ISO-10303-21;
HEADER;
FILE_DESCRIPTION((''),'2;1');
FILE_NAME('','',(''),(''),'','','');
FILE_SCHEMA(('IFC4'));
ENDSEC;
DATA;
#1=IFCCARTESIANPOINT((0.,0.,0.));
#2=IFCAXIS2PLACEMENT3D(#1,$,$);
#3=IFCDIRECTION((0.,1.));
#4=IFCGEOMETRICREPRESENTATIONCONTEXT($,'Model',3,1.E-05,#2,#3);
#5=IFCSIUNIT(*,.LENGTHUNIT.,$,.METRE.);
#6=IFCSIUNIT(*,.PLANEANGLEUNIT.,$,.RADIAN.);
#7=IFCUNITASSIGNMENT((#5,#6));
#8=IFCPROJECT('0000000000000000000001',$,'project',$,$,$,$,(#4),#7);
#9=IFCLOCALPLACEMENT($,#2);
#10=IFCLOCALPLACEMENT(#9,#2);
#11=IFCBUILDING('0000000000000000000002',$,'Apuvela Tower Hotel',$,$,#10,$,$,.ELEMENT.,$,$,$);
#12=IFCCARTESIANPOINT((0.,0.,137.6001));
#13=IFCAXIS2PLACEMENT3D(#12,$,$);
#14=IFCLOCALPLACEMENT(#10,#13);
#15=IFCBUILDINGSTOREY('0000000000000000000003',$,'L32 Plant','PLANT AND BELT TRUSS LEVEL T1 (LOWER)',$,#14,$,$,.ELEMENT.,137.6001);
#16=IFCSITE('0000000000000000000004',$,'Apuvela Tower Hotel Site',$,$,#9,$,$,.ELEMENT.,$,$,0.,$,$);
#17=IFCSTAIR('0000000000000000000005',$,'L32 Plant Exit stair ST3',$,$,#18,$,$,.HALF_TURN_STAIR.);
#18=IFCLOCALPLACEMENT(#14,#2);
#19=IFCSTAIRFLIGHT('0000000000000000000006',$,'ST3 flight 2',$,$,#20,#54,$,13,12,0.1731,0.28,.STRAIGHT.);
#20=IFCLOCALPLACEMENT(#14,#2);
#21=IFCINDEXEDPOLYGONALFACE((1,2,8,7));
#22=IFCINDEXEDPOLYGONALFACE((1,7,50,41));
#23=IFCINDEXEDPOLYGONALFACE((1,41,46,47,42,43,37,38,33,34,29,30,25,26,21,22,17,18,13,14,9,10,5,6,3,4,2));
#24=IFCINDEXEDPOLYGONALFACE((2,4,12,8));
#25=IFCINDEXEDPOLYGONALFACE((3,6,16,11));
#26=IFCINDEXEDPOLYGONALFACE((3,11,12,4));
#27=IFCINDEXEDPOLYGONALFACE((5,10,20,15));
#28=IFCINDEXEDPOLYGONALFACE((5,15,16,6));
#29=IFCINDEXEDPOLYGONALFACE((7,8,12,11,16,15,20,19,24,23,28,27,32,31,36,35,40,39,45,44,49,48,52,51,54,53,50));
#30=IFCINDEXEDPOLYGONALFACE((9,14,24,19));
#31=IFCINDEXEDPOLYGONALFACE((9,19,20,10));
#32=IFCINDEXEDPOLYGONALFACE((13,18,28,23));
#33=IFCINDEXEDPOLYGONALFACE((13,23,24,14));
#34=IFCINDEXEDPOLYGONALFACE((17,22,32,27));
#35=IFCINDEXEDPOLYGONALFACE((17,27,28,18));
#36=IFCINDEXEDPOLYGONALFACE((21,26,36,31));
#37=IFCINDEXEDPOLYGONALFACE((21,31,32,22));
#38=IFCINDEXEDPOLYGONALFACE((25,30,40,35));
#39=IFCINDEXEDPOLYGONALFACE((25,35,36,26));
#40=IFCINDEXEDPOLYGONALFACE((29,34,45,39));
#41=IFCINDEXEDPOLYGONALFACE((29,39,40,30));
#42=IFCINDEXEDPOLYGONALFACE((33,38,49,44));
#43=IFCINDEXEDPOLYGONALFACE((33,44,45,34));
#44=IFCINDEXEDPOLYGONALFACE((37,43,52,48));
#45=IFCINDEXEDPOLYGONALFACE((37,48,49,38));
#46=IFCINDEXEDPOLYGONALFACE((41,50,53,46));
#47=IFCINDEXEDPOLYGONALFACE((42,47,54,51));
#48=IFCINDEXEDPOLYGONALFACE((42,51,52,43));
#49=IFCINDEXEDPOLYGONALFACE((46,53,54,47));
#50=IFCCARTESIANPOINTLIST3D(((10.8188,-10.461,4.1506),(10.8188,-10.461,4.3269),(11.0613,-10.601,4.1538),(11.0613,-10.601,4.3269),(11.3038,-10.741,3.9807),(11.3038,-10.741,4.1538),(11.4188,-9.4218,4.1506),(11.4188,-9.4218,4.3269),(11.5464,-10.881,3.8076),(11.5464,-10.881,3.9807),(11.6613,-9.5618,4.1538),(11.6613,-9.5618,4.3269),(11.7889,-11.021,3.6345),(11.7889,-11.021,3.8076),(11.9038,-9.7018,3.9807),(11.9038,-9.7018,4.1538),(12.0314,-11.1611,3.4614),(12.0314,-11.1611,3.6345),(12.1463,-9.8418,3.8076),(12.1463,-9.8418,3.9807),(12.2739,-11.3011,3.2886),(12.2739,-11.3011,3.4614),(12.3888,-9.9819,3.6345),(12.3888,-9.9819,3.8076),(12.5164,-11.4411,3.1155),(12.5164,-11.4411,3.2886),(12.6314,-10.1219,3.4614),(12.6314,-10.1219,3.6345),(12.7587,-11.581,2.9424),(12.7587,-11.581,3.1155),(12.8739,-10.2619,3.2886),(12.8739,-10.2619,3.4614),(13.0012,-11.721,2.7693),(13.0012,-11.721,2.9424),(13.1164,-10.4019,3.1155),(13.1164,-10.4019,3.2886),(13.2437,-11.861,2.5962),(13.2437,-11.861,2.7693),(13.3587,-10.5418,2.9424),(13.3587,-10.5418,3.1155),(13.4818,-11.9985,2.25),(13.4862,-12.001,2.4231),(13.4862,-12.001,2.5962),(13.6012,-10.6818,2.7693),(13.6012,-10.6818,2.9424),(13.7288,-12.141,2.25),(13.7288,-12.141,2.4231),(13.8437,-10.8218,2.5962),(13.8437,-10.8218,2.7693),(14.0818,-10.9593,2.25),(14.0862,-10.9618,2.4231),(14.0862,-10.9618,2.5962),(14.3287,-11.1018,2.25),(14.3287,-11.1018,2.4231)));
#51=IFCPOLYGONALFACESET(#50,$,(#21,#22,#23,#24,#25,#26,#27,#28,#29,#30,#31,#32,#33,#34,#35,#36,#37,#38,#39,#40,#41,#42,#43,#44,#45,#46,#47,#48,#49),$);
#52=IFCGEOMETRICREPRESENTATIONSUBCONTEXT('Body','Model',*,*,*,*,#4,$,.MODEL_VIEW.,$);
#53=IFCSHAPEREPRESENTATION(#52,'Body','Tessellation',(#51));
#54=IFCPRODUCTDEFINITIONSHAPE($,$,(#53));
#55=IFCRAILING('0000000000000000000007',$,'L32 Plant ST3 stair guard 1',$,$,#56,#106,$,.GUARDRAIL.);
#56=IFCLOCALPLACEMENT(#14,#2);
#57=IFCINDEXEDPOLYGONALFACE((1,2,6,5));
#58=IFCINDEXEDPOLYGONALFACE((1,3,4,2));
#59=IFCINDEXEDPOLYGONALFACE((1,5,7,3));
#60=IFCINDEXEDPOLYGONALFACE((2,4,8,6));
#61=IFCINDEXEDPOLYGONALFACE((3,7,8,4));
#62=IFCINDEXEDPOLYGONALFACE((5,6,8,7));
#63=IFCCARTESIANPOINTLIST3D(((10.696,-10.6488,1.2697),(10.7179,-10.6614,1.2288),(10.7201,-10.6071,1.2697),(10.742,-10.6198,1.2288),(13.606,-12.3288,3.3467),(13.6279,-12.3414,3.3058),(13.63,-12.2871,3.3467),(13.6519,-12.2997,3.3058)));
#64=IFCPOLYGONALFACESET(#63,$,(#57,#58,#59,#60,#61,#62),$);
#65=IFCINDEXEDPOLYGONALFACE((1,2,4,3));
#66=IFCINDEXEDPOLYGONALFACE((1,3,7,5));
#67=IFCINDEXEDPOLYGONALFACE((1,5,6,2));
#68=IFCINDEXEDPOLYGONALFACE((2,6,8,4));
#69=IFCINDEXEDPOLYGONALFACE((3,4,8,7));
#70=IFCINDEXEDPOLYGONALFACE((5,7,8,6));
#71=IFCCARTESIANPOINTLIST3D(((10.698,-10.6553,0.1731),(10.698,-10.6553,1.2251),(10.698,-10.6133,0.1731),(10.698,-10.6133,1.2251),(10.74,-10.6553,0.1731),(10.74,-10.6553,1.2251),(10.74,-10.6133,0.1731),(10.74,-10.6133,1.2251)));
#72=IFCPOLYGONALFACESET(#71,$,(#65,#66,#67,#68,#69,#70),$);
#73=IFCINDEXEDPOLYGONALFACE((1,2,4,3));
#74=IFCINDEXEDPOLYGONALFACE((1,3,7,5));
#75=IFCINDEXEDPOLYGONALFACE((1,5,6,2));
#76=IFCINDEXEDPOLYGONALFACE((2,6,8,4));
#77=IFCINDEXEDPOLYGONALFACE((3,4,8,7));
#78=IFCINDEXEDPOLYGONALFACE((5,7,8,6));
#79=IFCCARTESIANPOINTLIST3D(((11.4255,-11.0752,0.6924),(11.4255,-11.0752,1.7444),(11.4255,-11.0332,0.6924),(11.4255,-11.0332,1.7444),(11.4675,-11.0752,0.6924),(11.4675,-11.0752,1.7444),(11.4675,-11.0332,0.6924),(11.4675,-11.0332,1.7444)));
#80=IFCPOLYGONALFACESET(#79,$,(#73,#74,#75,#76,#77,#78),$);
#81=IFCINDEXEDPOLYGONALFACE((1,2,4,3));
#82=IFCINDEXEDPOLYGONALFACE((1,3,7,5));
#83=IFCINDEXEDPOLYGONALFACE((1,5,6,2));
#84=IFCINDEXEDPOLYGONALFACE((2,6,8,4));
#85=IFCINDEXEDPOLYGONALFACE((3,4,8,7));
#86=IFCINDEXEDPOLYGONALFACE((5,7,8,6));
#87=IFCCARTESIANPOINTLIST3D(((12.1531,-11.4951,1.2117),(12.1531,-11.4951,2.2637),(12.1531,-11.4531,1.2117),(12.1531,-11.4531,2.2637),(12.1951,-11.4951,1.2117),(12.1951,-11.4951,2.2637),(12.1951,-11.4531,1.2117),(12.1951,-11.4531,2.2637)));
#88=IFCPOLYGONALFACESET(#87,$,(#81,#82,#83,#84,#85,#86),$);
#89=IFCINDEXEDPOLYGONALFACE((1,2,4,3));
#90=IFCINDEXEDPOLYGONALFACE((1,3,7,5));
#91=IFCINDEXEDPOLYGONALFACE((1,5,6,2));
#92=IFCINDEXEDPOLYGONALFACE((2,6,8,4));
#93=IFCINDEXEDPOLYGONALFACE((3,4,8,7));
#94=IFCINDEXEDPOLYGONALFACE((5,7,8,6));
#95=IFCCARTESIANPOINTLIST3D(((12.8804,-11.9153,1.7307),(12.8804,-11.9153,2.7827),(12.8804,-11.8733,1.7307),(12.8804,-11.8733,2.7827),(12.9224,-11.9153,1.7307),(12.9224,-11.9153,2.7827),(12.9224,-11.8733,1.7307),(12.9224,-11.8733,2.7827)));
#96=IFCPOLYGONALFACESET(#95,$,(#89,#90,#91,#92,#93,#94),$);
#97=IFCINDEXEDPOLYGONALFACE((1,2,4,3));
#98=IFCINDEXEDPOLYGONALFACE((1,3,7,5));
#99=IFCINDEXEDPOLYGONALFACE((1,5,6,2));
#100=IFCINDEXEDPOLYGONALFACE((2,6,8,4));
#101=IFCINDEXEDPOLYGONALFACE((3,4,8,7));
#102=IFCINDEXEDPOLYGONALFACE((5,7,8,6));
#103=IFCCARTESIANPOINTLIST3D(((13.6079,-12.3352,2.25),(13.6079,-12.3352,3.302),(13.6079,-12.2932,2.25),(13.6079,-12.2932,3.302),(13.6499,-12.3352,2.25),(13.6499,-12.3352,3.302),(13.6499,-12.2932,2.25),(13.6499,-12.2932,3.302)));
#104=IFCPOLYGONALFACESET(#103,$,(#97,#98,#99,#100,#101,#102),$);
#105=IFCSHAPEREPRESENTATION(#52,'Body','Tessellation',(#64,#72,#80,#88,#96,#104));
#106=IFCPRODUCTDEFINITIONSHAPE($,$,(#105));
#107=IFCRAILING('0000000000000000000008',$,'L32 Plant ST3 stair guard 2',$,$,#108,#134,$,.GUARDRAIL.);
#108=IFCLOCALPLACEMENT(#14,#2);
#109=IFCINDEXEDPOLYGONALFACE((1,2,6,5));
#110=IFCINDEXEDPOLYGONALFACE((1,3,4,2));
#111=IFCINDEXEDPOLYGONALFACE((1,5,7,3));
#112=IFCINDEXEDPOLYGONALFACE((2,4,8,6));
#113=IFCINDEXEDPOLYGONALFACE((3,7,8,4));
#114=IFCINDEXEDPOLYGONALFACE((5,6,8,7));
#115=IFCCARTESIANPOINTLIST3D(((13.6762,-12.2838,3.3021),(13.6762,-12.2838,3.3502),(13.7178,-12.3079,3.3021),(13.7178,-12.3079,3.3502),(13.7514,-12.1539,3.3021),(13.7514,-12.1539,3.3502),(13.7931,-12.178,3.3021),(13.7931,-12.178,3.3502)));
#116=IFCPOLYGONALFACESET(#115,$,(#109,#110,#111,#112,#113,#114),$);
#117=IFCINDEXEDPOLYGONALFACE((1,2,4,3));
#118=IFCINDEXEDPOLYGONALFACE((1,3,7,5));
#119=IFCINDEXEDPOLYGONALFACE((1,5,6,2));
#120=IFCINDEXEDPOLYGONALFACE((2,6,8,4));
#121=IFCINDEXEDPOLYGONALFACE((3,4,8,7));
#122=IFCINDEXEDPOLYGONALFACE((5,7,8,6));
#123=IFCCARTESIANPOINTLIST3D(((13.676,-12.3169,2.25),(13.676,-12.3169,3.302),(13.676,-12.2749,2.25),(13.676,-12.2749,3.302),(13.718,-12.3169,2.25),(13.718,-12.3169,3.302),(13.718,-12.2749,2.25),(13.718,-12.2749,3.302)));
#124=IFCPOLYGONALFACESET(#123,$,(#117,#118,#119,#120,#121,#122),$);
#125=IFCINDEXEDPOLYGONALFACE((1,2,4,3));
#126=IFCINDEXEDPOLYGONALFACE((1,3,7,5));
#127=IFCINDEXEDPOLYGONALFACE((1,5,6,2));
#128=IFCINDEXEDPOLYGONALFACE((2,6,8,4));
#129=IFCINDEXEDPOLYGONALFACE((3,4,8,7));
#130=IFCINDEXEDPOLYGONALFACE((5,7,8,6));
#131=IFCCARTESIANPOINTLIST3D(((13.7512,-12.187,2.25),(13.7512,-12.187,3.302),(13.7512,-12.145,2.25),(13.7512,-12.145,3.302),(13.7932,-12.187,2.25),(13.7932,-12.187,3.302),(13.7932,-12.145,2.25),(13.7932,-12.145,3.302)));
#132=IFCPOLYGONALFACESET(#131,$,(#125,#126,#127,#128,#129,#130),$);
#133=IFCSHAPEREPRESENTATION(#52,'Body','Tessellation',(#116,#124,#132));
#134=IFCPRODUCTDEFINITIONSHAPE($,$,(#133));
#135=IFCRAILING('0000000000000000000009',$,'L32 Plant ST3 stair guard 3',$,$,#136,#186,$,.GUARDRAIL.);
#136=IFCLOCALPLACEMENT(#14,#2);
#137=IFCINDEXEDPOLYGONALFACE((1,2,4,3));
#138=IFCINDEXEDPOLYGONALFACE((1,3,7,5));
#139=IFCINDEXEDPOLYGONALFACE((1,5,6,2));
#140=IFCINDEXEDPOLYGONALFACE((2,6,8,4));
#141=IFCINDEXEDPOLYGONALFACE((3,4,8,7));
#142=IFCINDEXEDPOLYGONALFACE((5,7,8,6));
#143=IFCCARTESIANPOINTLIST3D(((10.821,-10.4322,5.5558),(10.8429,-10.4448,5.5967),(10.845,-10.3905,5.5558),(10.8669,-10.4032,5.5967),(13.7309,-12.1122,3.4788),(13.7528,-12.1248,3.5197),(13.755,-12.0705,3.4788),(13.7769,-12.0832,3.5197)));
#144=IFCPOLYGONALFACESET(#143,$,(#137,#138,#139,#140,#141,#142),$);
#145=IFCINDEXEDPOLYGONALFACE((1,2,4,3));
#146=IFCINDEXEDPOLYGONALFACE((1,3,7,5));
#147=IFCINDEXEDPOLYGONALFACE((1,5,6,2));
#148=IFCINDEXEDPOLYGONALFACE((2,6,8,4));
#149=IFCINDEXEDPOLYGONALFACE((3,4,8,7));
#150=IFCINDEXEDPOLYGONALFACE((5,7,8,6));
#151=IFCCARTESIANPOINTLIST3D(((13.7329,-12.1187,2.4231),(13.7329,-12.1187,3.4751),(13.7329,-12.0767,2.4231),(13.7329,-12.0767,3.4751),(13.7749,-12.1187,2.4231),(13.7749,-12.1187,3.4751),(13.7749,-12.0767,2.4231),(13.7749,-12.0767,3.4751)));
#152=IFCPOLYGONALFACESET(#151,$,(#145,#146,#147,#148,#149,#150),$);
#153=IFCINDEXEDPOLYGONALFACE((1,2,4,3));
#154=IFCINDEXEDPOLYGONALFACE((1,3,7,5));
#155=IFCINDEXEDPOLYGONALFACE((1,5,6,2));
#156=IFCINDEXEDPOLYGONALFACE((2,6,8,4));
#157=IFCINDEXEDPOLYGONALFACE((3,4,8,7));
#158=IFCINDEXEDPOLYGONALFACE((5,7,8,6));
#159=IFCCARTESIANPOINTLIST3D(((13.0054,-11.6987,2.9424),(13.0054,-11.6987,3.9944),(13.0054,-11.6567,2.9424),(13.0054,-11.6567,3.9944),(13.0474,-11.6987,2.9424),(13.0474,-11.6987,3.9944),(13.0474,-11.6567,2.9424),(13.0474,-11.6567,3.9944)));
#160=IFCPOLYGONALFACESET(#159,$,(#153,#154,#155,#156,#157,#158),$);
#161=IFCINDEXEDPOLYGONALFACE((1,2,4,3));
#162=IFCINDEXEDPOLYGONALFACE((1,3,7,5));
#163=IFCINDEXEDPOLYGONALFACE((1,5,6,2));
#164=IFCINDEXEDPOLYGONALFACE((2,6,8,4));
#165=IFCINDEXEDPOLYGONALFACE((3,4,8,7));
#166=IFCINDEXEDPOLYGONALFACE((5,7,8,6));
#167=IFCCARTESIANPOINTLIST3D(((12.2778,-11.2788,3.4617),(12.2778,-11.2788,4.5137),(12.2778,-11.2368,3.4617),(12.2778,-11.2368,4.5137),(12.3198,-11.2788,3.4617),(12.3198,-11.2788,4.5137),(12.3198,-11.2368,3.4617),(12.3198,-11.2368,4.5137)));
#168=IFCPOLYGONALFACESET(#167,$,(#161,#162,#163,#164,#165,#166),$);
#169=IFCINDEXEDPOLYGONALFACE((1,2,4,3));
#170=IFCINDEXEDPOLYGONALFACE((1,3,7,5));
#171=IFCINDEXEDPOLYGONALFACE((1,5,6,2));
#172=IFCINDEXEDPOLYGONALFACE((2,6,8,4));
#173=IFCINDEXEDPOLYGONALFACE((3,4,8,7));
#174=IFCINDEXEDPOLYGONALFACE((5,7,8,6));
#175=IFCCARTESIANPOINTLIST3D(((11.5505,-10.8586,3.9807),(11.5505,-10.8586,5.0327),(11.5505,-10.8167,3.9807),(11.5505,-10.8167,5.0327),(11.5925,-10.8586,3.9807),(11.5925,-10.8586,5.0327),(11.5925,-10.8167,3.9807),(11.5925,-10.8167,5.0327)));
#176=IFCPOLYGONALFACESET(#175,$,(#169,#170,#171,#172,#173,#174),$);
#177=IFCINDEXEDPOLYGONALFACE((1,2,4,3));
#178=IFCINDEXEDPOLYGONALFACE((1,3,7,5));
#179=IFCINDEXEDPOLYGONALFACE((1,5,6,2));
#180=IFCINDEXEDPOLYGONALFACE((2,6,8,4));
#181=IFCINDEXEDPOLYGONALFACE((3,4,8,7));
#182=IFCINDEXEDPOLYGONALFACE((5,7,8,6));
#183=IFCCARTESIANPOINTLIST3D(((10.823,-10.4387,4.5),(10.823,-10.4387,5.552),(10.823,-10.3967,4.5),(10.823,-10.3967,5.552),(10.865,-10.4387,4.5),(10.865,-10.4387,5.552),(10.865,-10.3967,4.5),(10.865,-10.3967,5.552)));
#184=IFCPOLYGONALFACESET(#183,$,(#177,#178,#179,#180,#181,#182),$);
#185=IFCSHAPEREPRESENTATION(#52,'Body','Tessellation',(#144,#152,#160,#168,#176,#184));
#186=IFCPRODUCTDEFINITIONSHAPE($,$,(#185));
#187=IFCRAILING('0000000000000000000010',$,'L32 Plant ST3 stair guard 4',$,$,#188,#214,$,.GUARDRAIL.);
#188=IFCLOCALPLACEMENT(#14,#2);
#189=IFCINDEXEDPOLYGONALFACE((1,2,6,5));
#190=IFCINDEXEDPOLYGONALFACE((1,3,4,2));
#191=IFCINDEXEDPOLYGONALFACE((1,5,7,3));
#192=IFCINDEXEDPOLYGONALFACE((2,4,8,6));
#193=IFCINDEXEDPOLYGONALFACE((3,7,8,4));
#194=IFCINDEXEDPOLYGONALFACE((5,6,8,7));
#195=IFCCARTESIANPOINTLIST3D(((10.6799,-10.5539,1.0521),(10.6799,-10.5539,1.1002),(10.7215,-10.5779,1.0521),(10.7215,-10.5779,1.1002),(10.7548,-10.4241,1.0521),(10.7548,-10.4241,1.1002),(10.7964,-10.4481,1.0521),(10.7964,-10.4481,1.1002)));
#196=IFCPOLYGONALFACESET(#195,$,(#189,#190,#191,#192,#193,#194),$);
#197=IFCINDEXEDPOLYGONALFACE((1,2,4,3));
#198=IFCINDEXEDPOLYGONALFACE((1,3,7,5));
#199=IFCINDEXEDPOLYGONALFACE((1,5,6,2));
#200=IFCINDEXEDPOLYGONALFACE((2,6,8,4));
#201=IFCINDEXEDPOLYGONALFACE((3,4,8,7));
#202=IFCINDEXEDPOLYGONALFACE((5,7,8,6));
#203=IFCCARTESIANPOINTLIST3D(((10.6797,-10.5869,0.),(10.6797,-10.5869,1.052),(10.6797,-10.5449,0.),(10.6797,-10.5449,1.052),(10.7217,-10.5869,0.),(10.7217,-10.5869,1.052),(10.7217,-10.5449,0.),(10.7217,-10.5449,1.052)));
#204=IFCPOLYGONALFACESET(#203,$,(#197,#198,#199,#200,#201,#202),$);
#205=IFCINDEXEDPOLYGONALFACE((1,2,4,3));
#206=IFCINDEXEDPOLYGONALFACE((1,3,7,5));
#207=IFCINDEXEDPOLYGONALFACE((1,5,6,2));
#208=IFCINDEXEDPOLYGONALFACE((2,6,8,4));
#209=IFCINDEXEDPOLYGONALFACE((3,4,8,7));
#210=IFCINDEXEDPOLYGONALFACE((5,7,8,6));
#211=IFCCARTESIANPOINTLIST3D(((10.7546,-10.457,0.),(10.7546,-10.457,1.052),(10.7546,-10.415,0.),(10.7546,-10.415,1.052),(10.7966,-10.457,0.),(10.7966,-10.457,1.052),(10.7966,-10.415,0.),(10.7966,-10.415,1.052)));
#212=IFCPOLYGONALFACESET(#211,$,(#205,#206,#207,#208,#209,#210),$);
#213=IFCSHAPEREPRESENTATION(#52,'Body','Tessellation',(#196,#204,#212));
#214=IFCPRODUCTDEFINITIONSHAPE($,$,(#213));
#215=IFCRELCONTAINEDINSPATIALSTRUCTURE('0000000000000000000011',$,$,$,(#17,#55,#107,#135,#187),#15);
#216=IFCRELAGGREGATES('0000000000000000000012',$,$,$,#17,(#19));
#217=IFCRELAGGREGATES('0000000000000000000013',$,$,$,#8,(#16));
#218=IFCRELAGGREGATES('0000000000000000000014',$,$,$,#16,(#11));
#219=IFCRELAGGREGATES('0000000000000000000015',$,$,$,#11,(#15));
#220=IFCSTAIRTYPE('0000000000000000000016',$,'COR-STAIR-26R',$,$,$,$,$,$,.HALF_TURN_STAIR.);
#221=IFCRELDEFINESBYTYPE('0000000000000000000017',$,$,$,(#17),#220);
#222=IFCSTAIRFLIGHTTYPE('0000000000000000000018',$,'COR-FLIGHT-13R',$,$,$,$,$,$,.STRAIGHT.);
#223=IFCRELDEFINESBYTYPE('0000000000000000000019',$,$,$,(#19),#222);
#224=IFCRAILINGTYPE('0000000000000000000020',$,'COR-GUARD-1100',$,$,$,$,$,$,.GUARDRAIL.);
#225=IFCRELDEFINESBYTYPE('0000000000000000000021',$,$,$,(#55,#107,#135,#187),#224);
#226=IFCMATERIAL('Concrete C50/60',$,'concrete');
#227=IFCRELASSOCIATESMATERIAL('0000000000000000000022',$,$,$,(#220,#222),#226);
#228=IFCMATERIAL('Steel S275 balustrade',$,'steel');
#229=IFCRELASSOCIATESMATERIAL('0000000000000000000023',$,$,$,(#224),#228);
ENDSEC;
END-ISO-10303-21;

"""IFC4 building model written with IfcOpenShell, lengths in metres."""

from ifc_helpers import new_model, si_unit, direction, frame, origin, origin_2d, place, context, subcontext, project, spatial, polyline, rectangle, outline, extrude, material, type_object, element, aggregate, save


model = new_model("IFC4")

# Units and contexts
model_context = context("Model", 3, precision=1e-05, world=origin(), true_north=direction((0.0, 1.0)))
body_context = subcontext(model_context, "Body", "Model", "MODEL_VIEW")
ifc_project = project(units=[si_unit("LENGTHUNIT", "METRE"), si_unit("PLANEANGLEUNIT", "RADIAN")], contexts=[model_context])

# Site, building, storey
site_placement = place(None, origin())
site = spatial("IfcSite", under=ifc_project, at=site_placement, Name="Apuvela Tower Hotel Site", CompositionType="ELEMENT", RefElevation=0.0)
building_placement = place(site_placement, origin())
building = spatial("IfcBuilding", under=site, at=building_placement, Name="Apuvela Tower Hotel", CompositionType="ELEMENT")
storey_placement = place(building_placement, frame((0.0, 0.0, 137.6001)))
storey = spatial("IfcBuildingStorey", under=building, at=storey_placement, Name="L32 Plant", Description="PLANT AND BELT TRUSS LEVEL T1 (LOWER)", CompositionType="ELEMENT", Elevation=137.6001)

# Shared definitions
ifc_material_1 = material(Name="Concrete C50/60", Category="concrete")

# Stair, stair flight
stair_type = type_object("IfcStairType", Name="COR-STAIR-26R", PredefinedType="HALF_TURN_STAIR", material=ifc_material_1)
stair_placement = place(storey_placement, origin())
stair = element("IfcStair", 1, at=stair_placement, inside=storey, type_object=stair_type, Name="L32 Plant Exit stair ST3", PredefinedType="HALF_TURN_STAIR")
stair_flight_type = type_object("IfcStairFlightType", Name="COR-FLIGHT-13R", PredefinedType="STRAIGHT", material=ifc_material_1)
stair_flight_1_placement = place(storey_placement, frame((14.0288, -11.6213, 2.25), z_axis=(0.0, 0.0, 1.0), x_axis=(-0.866025, 0.5, 0.0)))
stair_flight_1 = element("IfcStairFlight", 2, at=stair_flight_1_placement, type_object=stair_flight_type, Name="ST3 flight 2", NumberOfRisers=13, NumberOfTreads=12, PredefinedType="STRAIGHT", RiserHeight=0.1731, TreadLength=0.28, context=body_context, shape_type="SweptSolid", body=[
    extrude(outline(polyline([(0.0, 0.0), (0.0, 0.1731), (0.28, 0.1731), (0.28, 0.3462), (0.5601, 0.3462), (0.5601, 0.5193), (0.8401, 0.5193), (0.8401, 0.6924), (1.1201, 0.6924), (1.1201, 0.8655), (1.3999, 0.8655), (1.3999, 1.0386), (1.6799, 1.0386), (1.6799, 1.2114), (1.96, 1.2114), (1.96, 1.3845), (2.24, 1.3845), (2.24, 1.5576), (2.52, 1.5576), (2.52, 1.7307), (2.8, 1.7307), (2.8, 1.9038), (3.0801, 1.9038), (3.0801, 2.0769), (3.3601, 2.0769), (3.3601, 2.25), (3.3601, 1.9006), (0.2852, 0.0), (0.0, 0.0)])), frame((0.0, 0.6001, 0.0), z_axis=(0.0, -1.0, 0.0), x_axis=(1.0, 0.0, 0.0)), (0.0, 0.0, 1.0), 1.2),
])
aggregate(stair, [stair_flight_1])

# Railings
ifc_material_2 = material(Name="Steel S275 balustrade", Category="steel")
railing_type_1 = type_object("IfcRailingType", Name="COR-GUARD-1100", PredefinedType="GUARDRAIL", material=ifc_material_2)
railing_1_placement = place(storey_placement, frame((10.719, -10.6343, 0.1731)))
element("IfcRailing", 3, at=railing_1_placement, inside=storey, type_object=railing_type_1, Name="L32 Plant ST3 stair guard 1", PredefinedType="GUARDRAIL", context=body_context, shape_type="SweptSolid", body=[
    extrude(rectangle(XDim=0.0481, YDim=0.0481, at=origin_2d()), frame((0.0, 0.0, 1.0762), z_axis=(0.736668, -0.425288, 0.525785), x_axis=(0.499976, 0.866039, 0.0)), (0.0, 0.0, 1.0), 3.9502),
    extrude(rectangle(XDim=0.042, YDim=0.042, at=origin_2d()), origin(), (0.0, 0.0, 1.0), 1.052),
    extrude(rectangle(XDim=0.042, YDim=0.042, at=origin_2d()), frame((0.7275, -0.4199, 0.5193)), (0.0, 0.0, 1.0), 1.052),
    extrude(rectangle(XDim=0.042, YDim=0.042, at=origin_2d()), frame((1.4551, -0.8398, 1.0386)), (0.0, 0.0, 1.0), 1.052),
    extrude(rectangle(XDim=0.042, YDim=0.042, at=origin_2d()), frame((2.1824, -1.26, 1.5576)), (0.0, 0.0, 1.0), 1.052),
    extrude(rectangle(XDim=0.042, YDim=0.042, at=origin_2d()), frame((2.9099, -1.6799, 2.0769)), (0.0, 0.0, 1.0), 1.052),
])
railing_2_placement = place(storey_placement, frame((13.697, -12.2959, 2.25)))
element("IfcRailing", 4, at=railing_2_placement, inside=storey, type_object=railing_type_1, Name="L32 Plant ST3 stair guard 2", PredefinedType="GUARDRAIL", context=body_context, shape_type="SweptSolid", body=[
    extrude(rectangle(XDim=0.0481, YDim=0.0481, at=origin_2d()), frame((0.0, 0.0, 1.0762), z_axis=(0.501036, 0.865426, 0.0), x_axis=(-0.865426, 0.501036, 0.0)), (0.0, 0.0, 1.0), 0.1501),
    extrude(rectangle(XDim=0.042, YDim=0.042, at=origin_2d()), origin(), (0.0, 0.0, 1.0), 1.052),
    extrude(rectangle(XDim=0.042, YDim=0.042, at=origin_2d()), frame((0.0752, 0.1299, 0.0)), (0.0, 0.0, 1.0), 1.052),
])
railing_3_placement = place(storey_placement, frame((13.7539, -12.0977, 2.4231)))
element("IfcRailing", 5, at=railing_3_placement, inside=storey, type_object=railing_type_1, Name="L32 Plant ST3 stair guard 3", PredefinedType="GUARDRAIL", context=body_context, shape_type="SweptSolid", body=[
    extrude(rectangle(XDim=0.0481, YDim=0.0481, at=origin_2d()), frame((0.0, 0.0, 1.0762), z_axis=(-0.736668, 0.425288, 0.525785), x_axis=(-0.499976, -0.866039, 0.0)), (0.0, 0.0, 1.0), 3.9502),
    extrude(rectangle(XDim=0.042, YDim=0.042, at=origin_2d()), origin(), (0.0, 0.0, 1.0), 1.052),
    extrude(rectangle(XDim=0.042, YDim=0.042, at=origin_2d()), frame((-0.7275, 0.4199, 0.5193)), (0.0, 0.0, 1.0), 1.052),
    extrude(rectangle(XDim=0.042, YDim=0.042, at=origin_2d()), frame((-1.4551, 0.8398, 1.0386)), (0.0, 0.0, 1.0), 1.052),
    extrude(rectangle(XDim=0.042, YDim=0.042, at=origin_2d()), frame((-2.1824, 1.26, 1.5576)), (0.0, 0.0, 1.0), 1.052),
    extrude(rectangle(XDim=0.042, YDim=0.042, at=origin_2d()), frame((-2.9099, 1.6799, 2.0769)), (0.0, 0.0, 1.0), 1.052),
])
railing_4_placement = place(storey_placement, frame((10.7007, -10.5659, 0.0)))
element("IfcRailing", 6, at=railing_4_placement, inside=storey, type_object=railing_type_1, Name="L32 Plant ST3 stair guard 4", PredefinedType="GUARDRAIL", context=body_context, shape_type="SweptSolid", body=[
    extrude(rectangle(XDim=0.0481, YDim=0.0481, at=origin_2d()), frame((0.0, 0.0, 1.0762), z_axis=(0.499816, 0.866131, 0.0), x_axis=(-0.866131, 0.499816, 0.0)), (0.0, 0.0, 1.0), 0.1499),
    extrude(rectangle(XDim=0.042, YDim=0.042, at=origin_2d()), origin(), (0.0, 0.0, 1.0), 1.052),
    extrude(rectangle(XDim=0.042, YDim=0.042, at=origin_2d()), frame((0.075, 0.1299, 0.0)), (0.0, 0.0, 1.0), 1.052),
])

save(model, "model.ifc")
